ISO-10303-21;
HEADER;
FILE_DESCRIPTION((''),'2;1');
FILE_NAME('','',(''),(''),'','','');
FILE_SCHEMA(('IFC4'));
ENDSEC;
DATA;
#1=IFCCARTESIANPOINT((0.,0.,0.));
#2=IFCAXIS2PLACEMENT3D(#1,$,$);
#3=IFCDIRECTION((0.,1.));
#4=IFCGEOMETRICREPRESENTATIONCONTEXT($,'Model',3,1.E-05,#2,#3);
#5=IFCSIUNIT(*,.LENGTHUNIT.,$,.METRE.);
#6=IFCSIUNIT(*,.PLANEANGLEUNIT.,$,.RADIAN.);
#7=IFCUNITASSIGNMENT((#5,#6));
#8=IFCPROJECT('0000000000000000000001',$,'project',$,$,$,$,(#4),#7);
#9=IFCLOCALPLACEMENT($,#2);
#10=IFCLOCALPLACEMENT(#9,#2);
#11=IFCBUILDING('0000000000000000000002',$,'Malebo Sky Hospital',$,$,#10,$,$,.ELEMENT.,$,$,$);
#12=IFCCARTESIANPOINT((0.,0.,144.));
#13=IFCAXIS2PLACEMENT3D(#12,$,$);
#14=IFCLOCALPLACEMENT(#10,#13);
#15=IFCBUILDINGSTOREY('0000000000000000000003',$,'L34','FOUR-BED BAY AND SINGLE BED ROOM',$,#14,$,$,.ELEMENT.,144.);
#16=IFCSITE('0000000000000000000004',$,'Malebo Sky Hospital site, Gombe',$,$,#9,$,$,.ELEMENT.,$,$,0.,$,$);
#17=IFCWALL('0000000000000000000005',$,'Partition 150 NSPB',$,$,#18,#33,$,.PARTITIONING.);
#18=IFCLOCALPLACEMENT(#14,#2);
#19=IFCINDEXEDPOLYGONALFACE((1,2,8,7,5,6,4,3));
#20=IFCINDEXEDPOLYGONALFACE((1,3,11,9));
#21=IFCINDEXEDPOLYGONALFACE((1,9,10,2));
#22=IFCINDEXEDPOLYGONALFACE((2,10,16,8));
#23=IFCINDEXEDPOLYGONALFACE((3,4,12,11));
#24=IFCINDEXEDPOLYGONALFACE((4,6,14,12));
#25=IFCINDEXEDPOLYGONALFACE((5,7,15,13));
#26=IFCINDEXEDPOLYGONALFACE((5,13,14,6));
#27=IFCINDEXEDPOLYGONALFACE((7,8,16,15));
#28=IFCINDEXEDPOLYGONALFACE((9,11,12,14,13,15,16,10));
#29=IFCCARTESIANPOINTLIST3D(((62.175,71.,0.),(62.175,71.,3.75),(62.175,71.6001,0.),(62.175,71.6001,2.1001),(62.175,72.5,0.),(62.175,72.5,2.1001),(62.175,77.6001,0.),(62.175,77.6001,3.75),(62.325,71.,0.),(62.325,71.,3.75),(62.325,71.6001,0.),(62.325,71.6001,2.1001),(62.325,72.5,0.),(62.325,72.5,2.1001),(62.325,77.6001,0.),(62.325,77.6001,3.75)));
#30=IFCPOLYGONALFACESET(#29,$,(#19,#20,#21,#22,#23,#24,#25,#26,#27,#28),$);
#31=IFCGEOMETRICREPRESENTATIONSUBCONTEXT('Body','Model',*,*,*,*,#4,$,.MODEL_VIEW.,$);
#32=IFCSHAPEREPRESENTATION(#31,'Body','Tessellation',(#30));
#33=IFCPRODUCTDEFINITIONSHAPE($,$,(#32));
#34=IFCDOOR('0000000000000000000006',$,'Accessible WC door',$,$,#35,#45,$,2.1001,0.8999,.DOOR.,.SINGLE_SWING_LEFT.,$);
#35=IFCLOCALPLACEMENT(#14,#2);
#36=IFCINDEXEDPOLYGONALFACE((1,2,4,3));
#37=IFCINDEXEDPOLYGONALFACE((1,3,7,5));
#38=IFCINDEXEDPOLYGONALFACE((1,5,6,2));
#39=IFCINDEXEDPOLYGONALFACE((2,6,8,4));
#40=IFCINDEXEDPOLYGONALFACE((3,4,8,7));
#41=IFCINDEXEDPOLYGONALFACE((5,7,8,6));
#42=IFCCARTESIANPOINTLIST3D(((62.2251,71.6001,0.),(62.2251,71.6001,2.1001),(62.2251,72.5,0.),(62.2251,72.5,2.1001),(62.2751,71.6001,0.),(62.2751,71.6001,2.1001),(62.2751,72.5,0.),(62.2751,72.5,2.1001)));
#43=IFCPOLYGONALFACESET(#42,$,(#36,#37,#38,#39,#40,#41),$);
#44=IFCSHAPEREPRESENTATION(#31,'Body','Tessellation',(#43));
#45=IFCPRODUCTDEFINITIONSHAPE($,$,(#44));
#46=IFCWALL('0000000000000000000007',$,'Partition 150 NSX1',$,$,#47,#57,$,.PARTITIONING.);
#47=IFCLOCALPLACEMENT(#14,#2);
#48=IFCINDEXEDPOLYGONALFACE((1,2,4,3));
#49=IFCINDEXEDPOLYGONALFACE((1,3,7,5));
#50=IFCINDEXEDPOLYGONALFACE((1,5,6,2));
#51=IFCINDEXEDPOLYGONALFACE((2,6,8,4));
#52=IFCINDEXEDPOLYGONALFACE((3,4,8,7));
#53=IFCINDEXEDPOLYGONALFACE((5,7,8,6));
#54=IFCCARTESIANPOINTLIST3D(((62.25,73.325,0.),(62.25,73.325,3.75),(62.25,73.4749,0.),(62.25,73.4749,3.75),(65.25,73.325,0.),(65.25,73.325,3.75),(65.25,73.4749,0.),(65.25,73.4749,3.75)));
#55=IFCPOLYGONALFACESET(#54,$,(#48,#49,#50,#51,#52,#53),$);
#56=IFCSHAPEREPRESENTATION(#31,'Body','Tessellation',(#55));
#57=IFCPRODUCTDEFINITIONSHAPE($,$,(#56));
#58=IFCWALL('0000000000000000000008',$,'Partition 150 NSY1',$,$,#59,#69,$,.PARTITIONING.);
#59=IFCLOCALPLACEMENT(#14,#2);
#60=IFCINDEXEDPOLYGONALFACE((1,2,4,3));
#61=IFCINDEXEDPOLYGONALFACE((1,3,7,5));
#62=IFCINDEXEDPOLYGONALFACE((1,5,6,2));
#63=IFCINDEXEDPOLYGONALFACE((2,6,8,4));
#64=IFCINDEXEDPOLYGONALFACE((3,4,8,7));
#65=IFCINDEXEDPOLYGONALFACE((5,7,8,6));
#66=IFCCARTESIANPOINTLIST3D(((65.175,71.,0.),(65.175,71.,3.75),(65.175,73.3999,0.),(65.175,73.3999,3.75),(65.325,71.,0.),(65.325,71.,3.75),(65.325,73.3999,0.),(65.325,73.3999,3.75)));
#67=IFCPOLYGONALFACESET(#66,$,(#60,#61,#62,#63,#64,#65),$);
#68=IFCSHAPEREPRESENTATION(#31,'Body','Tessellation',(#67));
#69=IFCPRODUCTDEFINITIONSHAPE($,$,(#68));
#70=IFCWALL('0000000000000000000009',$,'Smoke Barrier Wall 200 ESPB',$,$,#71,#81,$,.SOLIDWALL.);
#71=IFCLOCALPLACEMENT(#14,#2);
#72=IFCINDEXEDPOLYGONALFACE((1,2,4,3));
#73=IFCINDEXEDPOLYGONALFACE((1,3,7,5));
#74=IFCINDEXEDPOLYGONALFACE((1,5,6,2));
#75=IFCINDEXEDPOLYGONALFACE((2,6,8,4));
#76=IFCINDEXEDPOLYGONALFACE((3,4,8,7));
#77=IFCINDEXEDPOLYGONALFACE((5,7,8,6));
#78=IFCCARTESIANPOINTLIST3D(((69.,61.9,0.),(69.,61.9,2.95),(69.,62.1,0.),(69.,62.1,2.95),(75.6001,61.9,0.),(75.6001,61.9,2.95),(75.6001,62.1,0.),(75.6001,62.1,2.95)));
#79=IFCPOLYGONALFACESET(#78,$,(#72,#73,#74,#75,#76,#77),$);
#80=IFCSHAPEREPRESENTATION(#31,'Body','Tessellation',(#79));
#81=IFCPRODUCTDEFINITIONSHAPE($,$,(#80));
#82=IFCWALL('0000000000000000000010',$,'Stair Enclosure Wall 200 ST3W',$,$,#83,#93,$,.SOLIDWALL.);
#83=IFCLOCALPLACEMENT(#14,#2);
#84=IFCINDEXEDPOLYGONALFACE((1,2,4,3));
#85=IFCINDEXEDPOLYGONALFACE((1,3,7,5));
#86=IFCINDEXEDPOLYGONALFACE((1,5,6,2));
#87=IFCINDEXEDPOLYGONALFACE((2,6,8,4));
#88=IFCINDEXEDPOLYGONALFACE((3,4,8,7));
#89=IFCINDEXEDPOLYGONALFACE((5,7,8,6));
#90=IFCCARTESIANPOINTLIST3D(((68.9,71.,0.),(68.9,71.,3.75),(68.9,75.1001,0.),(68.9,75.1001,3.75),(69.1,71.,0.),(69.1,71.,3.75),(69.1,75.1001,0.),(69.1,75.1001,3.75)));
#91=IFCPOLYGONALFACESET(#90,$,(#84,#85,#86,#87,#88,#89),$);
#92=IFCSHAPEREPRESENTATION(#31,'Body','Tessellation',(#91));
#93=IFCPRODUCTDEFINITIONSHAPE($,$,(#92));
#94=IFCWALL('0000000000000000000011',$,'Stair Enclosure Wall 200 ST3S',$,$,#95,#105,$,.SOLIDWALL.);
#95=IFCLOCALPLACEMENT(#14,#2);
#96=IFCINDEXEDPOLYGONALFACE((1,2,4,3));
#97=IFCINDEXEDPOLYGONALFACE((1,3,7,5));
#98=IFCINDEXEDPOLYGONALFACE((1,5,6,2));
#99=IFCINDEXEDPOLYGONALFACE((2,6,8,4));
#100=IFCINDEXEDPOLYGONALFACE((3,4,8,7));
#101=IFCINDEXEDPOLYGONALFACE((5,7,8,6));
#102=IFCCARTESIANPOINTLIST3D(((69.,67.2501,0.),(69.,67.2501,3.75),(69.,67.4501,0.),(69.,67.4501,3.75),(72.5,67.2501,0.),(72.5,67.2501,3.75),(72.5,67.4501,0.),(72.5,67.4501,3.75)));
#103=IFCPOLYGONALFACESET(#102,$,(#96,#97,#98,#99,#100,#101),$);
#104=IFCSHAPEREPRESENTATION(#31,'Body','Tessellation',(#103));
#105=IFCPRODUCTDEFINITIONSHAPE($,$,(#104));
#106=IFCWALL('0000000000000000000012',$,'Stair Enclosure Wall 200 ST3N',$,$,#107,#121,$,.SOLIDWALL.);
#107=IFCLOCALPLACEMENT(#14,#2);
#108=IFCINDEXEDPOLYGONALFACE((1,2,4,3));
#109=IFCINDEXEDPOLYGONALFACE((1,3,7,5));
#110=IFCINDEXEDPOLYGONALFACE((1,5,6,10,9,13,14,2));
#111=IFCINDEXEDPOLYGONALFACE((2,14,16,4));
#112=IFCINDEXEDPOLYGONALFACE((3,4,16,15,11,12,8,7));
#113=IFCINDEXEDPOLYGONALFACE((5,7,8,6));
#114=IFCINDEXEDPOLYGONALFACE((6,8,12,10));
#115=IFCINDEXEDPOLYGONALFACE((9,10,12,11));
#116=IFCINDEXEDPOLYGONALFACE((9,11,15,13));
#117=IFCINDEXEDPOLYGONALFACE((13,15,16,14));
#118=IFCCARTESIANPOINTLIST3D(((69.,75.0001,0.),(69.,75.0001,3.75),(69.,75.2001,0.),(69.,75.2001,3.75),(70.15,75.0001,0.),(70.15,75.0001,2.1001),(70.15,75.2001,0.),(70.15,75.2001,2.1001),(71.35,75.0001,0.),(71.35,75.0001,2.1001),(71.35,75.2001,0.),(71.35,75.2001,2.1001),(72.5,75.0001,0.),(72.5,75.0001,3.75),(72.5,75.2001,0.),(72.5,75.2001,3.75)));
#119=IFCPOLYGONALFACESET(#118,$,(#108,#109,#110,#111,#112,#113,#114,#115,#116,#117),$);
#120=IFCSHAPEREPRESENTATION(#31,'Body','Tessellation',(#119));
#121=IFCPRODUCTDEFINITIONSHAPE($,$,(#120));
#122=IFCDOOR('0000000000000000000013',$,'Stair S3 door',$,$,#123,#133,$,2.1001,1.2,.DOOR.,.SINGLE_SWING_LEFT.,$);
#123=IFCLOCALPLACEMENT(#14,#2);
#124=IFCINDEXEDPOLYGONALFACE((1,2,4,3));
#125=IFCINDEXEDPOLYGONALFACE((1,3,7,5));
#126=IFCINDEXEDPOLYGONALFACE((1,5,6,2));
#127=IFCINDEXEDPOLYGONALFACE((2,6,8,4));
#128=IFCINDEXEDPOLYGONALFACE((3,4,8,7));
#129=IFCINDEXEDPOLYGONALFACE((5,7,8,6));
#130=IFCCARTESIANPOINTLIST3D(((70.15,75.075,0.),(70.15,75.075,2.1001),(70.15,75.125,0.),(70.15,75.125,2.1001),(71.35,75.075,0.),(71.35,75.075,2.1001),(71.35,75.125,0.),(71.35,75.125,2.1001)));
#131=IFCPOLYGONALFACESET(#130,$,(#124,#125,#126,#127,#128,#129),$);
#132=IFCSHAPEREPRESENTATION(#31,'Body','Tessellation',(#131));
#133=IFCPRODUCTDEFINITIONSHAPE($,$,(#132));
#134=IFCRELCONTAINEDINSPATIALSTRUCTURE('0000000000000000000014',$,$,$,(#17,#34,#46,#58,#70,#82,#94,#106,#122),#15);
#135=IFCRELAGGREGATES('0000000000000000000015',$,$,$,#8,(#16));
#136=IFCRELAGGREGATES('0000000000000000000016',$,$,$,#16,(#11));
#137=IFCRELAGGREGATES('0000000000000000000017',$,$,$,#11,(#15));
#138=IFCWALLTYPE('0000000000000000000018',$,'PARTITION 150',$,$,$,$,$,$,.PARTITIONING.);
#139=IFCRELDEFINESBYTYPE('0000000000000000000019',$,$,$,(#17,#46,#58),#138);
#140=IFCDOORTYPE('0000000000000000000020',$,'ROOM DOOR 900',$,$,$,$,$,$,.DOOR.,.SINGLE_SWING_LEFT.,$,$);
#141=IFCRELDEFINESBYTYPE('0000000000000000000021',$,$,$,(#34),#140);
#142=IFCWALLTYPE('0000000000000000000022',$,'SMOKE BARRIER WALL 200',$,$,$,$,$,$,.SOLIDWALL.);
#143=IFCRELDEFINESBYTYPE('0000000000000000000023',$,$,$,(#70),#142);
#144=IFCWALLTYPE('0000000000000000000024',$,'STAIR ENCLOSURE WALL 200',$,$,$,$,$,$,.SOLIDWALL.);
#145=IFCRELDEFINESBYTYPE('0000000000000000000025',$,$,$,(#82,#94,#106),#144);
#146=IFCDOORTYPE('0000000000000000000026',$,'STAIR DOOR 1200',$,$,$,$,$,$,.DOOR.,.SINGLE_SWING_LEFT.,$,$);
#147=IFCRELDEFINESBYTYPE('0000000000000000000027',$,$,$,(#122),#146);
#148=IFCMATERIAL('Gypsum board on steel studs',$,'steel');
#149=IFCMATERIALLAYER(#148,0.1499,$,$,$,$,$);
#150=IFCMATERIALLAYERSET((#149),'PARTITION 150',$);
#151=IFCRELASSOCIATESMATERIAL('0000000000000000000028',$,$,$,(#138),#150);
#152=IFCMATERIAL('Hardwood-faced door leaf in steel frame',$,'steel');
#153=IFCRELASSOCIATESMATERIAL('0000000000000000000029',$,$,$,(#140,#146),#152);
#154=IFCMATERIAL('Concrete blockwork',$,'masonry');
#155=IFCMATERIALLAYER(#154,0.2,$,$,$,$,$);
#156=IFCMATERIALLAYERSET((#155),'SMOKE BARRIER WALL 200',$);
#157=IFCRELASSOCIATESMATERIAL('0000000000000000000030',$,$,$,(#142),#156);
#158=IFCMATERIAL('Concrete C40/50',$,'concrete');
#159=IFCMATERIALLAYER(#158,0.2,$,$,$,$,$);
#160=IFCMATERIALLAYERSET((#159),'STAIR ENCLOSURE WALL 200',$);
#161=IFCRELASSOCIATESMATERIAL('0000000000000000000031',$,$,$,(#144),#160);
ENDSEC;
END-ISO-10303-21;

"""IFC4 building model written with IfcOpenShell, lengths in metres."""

from ifc_helpers import new_model, si_unit, direction, frame, frame_2d, origin, place, context, subcontext, project, spatial, rectangle, extrude, material, layer, layer_set, type_object, element, fill, save


model = new_model("IFC4")

# Units and contexts
model_context = context("Model", 3, precision=1e-05, world=origin(), true_north=direction((0.0, 1.0)))
body_context = subcontext(model_context, "Body", "Model", "MODEL_VIEW")
ifc_project = project(units=[si_unit("LENGTHUNIT", "METRE"), si_unit("PLANEANGLEUNIT", "RADIAN")], contexts=[model_context])

# Site, building, storey
site_placement = place(None, origin())
site = spatial("IfcSite", under=ifc_project, at=site_placement, Name="Malebo Sky Hospital site, Gombe", CompositionType="ELEMENT", RefElevation=0.0)
building_placement = place(site_placement, origin())
building = spatial("IfcBuilding", under=site, at=building_placement, Name="Malebo Sky Hospital", CompositionType="ELEMENT")
storey_placement = place(building_placement, frame((0.0, 0.0, 144.0)))
storey = spatial("IfcBuildingStorey", under=building, at=storey_placement, Name="L34", Description="FOUR-BED BAY AND SINGLE BED ROOM", CompositionType="ELEMENT", Elevation=144.0)

# Shared definitions
ifc_material_1 = material(Name="Gypsum board on steel studs", Category="steel")

# Wall, opening, door
ifc_layer_1 = layer(ifc_material_1, 0.1499)
ifc_layer_set_1 = layer_set([ifc_layer_1], Name="PARTITION 150")
wall_type_1 = type_object("IfcWallType", Name="PARTITION 150", PredefinedType="PARTITIONING", material=ifc_layer_set_1)
wall_1_placement = place(storey_placement, frame((62.25, 71.0, 0.0), z_axis=(0.0, 0.0, 1.0), x_axis=(0.0, 1.0, 0.0)))
wall_1 = element("IfcWall", 1, at=wall_1_placement, inside=storey, type_object=wall_type_1, Name="Partition 150 NSPB", PredefinedType="PARTITIONING", context=body_context, shape_type="SweptSolid", body=[
    extrude(rectangle(XDim=6.6001, YDim=0.1499, at=frame_2d((3.3, 0.0))), origin(), (0.0, 0.0, 1.0), 3.75),
])
opening_1_placement = place(wall_1_placement, frame((0.6001, 0.0, 0.0)))
opening_1 = element("IfcOpeningElement", 2, at=opening_1_placement, cuts=wall_1, PredefinedType="OPENING", context=body_context, shape_type="SweptSolid", body=[
    extrude(rectangle(XDim=0.8999, YDim=2.1001, at=frame_2d((0.45, 1.05))), frame((0.0, 0.085, 0.0), z_axis=(0.0, -1.0, 0.0), x_axis=(1.0, 0.0, 0.0)), (0.0, 0.0, 1.0), 0.1699),
])
ifc_material_2 = material(Name="Hardwood-faced door leaf in steel frame", Category="steel")
door_type_1 = type_object("IfcDoorType", Name="ROOM DOOR 900", OperationType="SINGLE_SWING_LEFT", PredefinedType="DOOR", material=ifc_material_2)
door_1_placement = place(opening_1_placement, origin())
door_1 = element("IfcDoor", 3, at=door_1_placement, inside=storey, type_object=door_type_1, Name="Accessible WC door", OperationType="SINGLE_SWING_LEFT", OverallHeight=2.1001, OverallWidth=0.8999, PredefinedType="DOOR", context=body_context, shape_type="SweptSolid", body=[
    extrude(rectangle(XDim=0.8999, YDim=2.1001, at=frame_2d((0.45, 1.05))), frame((0.0, 0.0249, 0.0), z_axis=(0.0, -1.0, 0.0), x_axis=(1.0, 0.0, 0.0)), (0.0, 0.0, 1.0), 0.05),
])
fill(opening_1, door_1)

# Walls
wall_2_placement = place(storey_placement, frame((62.25, 73.3999, 0.0), z_axis=(0.0, 0.0, 1.0), x_axis=(1.0, 0.0, 0.0)))
element("IfcWall", 4, at=wall_2_placement, inside=storey, type_object=wall_type_1, Name="Partition 150 NSX1", PredefinedType="PARTITIONING", context=body_context, shape_type="SweptSolid", body=[
    extrude(rectangle(XDim=3.0, YDim=0.1499, at=frame_2d((1.5, 0.0))), origin(), (0.0, 0.0, 1.0), 3.75),
])
wall_3_placement = place(storey_placement, frame((65.25, 71.0, 0.0), z_axis=(0.0, 0.0, 1.0), x_axis=(0.0, 1.0, 0.0)))
element("IfcWall", 5, at=wall_3_placement, inside=storey, type_object=wall_type_1, Name="Partition 150 NSY1", PredefinedType="PARTITIONING", context=body_context, shape_type="SweptSolid", body=[
    extrude(rectangle(XDim=2.3999, YDim=0.1499, at=frame_2d((1.2, 0.0))), origin(), (0.0, 0.0, 1.0), 3.75),
])
ifc_material_3 = material(Name="Concrete blockwork", Category="masonry")
ifc_layer_2 = layer(ifc_material_3, 0.2)
ifc_layer_set_2 = layer_set([ifc_layer_2], Name="SMOKE BARRIER WALL 200")
wall_type_2 = type_object("IfcWallType", Name="SMOKE BARRIER WALL 200", PredefinedType="SOLIDWALL", material=ifc_layer_set_2)
wall_4_placement = place(storey_placement, frame((69.0, 62.0, 0.0), z_axis=(0.0, 0.0, 1.0), x_axis=(1.0, 0.0, 0.0)))
element("IfcWall", 6, at=wall_4_placement, inside=storey, type_object=wall_type_2, Name="Smoke Barrier Wall 200 ESPB", PredefinedType="SOLIDWALL", context=body_context, shape_type="SweptSolid", body=[
    extrude(rectangle(XDim=6.6001, YDim=0.2, at=frame_2d((3.3, 0.0))), origin(), (0.0, 0.0, 1.0), 2.95),
])
ifc_material_4 = material(Name="Concrete C40/50", Category="concrete")
ifc_layer_3 = layer(ifc_material_4, 0.2)
ifc_layer_set_3 = layer_set([ifc_layer_3], Name="STAIR ENCLOSURE WALL 200")
wall_type_3 = type_object("IfcWallType", Name="STAIR ENCLOSURE WALL 200", PredefinedType="SOLIDWALL", material=ifc_layer_set_3)
wall_5_placement = place(storey_placement, frame((69.0, 71.0, 0.0), z_axis=(0.0, 0.0, 1.0), x_axis=(0.0, 1.0, 0.0)))
element("IfcWall", 7, at=wall_5_placement, inside=storey, type_object=wall_type_3, Name="Stair Enclosure Wall 200 ST3W", PredefinedType="SOLIDWALL", context=body_context, shape_type="SweptSolid", body=[
    extrude(rectangle(XDim=4.1001, YDim=0.2, at=frame_2d((2.05, 0.0))), origin(), (0.0, 0.0, 1.0), 3.75),
])
wall_6_placement = place(storey_placement, frame((69.0, 67.3501, 0.0), z_axis=(0.0, 0.0, 1.0), x_axis=(1.0, 0.0, 0.0)))
element("IfcWall", 8, at=wall_6_placement, inside=storey, type_object=wall_type_3, Name="Stair Enclosure Wall 200 ST3S", PredefinedType="SOLIDWALL", context=body_context, shape_type="SweptSolid", body=[
    extrude(rectangle(XDim=3.5, YDim=0.2, at=frame_2d((1.75, 0.0))), origin(), (0.0, 0.0, 1.0), 3.75),
])

# Wall, opening, door
wall_7_placement = place(storey_placement, frame((69.0, 75.1001, 0.0), z_axis=(0.0, 0.0, 1.0), x_axis=(1.0, 0.0, 0.0)))
wall_7 = element("IfcWall", 9, at=wall_7_placement, inside=storey, type_object=wall_type_3, Name="Stair Enclosure Wall 200 ST3N", PredefinedType="SOLIDWALL", context=body_context, shape_type="SweptSolid", body=[
    extrude(rectangle(XDim=3.5, YDim=0.2, at=frame_2d((1.75, 0.0))), origin(), (0.0, 0.0, 1.0), 3.75),
])
opening_2_placement = place(wall_7_placement, frame((1.1499, 0.0, 0.0)))
opening_2 = element("IfcOpeningElement", 10, at=opening_2_placement, cuts=wall_7, PredefinedType="OPENING", context=body_context, shape_type="SweptSolid", body=[
    extrude(rectangle(XDim=1.2, YDim=2.1001, at=frame_2d((0.6001, 1.05))), frame((0.0, 0.1099, 0.0), z_axis=(0.0, -1.0, 0.0), x_axis=(1.0, 0.0, 0.0)), (0.0, 0.0, 1.0), 0.22),
])
door_type_2 = type_object("IfcDoorType", Name="STAIR DOOR 1200", OperationType="SINGLE_SWING_LEFT", PredefinedType="DOOR", material=ifc_material_2)
door_2_placement = place(opening_2_placement, origin())
door_2 = element("IfcDoor", 11, at=door_2_placement, inside=storey, type_object=door_type_2, Name="Stair S3 door", OperationType="SINGLE_SWING_LEFT", OverallHeight=2.1001, OverallWidth=1.2, PredefinedType="DOOR", context=body_context, shape_type="SweptSolid", body=[
    extrude(rectangle(XDim=1.2, YDim=2.1001, at=frame_2d((0.6001, 1.05))), frame((0.0, 0.0249, 0.0), z_axis=(0.0, -1.0, 0.0), x_axis=(1.0, 0.0, 0.0)), (0.0, 0.0, 1.0), 0.05),
])
fill(opening_2, door_2)

save(model, "model.ifc")
